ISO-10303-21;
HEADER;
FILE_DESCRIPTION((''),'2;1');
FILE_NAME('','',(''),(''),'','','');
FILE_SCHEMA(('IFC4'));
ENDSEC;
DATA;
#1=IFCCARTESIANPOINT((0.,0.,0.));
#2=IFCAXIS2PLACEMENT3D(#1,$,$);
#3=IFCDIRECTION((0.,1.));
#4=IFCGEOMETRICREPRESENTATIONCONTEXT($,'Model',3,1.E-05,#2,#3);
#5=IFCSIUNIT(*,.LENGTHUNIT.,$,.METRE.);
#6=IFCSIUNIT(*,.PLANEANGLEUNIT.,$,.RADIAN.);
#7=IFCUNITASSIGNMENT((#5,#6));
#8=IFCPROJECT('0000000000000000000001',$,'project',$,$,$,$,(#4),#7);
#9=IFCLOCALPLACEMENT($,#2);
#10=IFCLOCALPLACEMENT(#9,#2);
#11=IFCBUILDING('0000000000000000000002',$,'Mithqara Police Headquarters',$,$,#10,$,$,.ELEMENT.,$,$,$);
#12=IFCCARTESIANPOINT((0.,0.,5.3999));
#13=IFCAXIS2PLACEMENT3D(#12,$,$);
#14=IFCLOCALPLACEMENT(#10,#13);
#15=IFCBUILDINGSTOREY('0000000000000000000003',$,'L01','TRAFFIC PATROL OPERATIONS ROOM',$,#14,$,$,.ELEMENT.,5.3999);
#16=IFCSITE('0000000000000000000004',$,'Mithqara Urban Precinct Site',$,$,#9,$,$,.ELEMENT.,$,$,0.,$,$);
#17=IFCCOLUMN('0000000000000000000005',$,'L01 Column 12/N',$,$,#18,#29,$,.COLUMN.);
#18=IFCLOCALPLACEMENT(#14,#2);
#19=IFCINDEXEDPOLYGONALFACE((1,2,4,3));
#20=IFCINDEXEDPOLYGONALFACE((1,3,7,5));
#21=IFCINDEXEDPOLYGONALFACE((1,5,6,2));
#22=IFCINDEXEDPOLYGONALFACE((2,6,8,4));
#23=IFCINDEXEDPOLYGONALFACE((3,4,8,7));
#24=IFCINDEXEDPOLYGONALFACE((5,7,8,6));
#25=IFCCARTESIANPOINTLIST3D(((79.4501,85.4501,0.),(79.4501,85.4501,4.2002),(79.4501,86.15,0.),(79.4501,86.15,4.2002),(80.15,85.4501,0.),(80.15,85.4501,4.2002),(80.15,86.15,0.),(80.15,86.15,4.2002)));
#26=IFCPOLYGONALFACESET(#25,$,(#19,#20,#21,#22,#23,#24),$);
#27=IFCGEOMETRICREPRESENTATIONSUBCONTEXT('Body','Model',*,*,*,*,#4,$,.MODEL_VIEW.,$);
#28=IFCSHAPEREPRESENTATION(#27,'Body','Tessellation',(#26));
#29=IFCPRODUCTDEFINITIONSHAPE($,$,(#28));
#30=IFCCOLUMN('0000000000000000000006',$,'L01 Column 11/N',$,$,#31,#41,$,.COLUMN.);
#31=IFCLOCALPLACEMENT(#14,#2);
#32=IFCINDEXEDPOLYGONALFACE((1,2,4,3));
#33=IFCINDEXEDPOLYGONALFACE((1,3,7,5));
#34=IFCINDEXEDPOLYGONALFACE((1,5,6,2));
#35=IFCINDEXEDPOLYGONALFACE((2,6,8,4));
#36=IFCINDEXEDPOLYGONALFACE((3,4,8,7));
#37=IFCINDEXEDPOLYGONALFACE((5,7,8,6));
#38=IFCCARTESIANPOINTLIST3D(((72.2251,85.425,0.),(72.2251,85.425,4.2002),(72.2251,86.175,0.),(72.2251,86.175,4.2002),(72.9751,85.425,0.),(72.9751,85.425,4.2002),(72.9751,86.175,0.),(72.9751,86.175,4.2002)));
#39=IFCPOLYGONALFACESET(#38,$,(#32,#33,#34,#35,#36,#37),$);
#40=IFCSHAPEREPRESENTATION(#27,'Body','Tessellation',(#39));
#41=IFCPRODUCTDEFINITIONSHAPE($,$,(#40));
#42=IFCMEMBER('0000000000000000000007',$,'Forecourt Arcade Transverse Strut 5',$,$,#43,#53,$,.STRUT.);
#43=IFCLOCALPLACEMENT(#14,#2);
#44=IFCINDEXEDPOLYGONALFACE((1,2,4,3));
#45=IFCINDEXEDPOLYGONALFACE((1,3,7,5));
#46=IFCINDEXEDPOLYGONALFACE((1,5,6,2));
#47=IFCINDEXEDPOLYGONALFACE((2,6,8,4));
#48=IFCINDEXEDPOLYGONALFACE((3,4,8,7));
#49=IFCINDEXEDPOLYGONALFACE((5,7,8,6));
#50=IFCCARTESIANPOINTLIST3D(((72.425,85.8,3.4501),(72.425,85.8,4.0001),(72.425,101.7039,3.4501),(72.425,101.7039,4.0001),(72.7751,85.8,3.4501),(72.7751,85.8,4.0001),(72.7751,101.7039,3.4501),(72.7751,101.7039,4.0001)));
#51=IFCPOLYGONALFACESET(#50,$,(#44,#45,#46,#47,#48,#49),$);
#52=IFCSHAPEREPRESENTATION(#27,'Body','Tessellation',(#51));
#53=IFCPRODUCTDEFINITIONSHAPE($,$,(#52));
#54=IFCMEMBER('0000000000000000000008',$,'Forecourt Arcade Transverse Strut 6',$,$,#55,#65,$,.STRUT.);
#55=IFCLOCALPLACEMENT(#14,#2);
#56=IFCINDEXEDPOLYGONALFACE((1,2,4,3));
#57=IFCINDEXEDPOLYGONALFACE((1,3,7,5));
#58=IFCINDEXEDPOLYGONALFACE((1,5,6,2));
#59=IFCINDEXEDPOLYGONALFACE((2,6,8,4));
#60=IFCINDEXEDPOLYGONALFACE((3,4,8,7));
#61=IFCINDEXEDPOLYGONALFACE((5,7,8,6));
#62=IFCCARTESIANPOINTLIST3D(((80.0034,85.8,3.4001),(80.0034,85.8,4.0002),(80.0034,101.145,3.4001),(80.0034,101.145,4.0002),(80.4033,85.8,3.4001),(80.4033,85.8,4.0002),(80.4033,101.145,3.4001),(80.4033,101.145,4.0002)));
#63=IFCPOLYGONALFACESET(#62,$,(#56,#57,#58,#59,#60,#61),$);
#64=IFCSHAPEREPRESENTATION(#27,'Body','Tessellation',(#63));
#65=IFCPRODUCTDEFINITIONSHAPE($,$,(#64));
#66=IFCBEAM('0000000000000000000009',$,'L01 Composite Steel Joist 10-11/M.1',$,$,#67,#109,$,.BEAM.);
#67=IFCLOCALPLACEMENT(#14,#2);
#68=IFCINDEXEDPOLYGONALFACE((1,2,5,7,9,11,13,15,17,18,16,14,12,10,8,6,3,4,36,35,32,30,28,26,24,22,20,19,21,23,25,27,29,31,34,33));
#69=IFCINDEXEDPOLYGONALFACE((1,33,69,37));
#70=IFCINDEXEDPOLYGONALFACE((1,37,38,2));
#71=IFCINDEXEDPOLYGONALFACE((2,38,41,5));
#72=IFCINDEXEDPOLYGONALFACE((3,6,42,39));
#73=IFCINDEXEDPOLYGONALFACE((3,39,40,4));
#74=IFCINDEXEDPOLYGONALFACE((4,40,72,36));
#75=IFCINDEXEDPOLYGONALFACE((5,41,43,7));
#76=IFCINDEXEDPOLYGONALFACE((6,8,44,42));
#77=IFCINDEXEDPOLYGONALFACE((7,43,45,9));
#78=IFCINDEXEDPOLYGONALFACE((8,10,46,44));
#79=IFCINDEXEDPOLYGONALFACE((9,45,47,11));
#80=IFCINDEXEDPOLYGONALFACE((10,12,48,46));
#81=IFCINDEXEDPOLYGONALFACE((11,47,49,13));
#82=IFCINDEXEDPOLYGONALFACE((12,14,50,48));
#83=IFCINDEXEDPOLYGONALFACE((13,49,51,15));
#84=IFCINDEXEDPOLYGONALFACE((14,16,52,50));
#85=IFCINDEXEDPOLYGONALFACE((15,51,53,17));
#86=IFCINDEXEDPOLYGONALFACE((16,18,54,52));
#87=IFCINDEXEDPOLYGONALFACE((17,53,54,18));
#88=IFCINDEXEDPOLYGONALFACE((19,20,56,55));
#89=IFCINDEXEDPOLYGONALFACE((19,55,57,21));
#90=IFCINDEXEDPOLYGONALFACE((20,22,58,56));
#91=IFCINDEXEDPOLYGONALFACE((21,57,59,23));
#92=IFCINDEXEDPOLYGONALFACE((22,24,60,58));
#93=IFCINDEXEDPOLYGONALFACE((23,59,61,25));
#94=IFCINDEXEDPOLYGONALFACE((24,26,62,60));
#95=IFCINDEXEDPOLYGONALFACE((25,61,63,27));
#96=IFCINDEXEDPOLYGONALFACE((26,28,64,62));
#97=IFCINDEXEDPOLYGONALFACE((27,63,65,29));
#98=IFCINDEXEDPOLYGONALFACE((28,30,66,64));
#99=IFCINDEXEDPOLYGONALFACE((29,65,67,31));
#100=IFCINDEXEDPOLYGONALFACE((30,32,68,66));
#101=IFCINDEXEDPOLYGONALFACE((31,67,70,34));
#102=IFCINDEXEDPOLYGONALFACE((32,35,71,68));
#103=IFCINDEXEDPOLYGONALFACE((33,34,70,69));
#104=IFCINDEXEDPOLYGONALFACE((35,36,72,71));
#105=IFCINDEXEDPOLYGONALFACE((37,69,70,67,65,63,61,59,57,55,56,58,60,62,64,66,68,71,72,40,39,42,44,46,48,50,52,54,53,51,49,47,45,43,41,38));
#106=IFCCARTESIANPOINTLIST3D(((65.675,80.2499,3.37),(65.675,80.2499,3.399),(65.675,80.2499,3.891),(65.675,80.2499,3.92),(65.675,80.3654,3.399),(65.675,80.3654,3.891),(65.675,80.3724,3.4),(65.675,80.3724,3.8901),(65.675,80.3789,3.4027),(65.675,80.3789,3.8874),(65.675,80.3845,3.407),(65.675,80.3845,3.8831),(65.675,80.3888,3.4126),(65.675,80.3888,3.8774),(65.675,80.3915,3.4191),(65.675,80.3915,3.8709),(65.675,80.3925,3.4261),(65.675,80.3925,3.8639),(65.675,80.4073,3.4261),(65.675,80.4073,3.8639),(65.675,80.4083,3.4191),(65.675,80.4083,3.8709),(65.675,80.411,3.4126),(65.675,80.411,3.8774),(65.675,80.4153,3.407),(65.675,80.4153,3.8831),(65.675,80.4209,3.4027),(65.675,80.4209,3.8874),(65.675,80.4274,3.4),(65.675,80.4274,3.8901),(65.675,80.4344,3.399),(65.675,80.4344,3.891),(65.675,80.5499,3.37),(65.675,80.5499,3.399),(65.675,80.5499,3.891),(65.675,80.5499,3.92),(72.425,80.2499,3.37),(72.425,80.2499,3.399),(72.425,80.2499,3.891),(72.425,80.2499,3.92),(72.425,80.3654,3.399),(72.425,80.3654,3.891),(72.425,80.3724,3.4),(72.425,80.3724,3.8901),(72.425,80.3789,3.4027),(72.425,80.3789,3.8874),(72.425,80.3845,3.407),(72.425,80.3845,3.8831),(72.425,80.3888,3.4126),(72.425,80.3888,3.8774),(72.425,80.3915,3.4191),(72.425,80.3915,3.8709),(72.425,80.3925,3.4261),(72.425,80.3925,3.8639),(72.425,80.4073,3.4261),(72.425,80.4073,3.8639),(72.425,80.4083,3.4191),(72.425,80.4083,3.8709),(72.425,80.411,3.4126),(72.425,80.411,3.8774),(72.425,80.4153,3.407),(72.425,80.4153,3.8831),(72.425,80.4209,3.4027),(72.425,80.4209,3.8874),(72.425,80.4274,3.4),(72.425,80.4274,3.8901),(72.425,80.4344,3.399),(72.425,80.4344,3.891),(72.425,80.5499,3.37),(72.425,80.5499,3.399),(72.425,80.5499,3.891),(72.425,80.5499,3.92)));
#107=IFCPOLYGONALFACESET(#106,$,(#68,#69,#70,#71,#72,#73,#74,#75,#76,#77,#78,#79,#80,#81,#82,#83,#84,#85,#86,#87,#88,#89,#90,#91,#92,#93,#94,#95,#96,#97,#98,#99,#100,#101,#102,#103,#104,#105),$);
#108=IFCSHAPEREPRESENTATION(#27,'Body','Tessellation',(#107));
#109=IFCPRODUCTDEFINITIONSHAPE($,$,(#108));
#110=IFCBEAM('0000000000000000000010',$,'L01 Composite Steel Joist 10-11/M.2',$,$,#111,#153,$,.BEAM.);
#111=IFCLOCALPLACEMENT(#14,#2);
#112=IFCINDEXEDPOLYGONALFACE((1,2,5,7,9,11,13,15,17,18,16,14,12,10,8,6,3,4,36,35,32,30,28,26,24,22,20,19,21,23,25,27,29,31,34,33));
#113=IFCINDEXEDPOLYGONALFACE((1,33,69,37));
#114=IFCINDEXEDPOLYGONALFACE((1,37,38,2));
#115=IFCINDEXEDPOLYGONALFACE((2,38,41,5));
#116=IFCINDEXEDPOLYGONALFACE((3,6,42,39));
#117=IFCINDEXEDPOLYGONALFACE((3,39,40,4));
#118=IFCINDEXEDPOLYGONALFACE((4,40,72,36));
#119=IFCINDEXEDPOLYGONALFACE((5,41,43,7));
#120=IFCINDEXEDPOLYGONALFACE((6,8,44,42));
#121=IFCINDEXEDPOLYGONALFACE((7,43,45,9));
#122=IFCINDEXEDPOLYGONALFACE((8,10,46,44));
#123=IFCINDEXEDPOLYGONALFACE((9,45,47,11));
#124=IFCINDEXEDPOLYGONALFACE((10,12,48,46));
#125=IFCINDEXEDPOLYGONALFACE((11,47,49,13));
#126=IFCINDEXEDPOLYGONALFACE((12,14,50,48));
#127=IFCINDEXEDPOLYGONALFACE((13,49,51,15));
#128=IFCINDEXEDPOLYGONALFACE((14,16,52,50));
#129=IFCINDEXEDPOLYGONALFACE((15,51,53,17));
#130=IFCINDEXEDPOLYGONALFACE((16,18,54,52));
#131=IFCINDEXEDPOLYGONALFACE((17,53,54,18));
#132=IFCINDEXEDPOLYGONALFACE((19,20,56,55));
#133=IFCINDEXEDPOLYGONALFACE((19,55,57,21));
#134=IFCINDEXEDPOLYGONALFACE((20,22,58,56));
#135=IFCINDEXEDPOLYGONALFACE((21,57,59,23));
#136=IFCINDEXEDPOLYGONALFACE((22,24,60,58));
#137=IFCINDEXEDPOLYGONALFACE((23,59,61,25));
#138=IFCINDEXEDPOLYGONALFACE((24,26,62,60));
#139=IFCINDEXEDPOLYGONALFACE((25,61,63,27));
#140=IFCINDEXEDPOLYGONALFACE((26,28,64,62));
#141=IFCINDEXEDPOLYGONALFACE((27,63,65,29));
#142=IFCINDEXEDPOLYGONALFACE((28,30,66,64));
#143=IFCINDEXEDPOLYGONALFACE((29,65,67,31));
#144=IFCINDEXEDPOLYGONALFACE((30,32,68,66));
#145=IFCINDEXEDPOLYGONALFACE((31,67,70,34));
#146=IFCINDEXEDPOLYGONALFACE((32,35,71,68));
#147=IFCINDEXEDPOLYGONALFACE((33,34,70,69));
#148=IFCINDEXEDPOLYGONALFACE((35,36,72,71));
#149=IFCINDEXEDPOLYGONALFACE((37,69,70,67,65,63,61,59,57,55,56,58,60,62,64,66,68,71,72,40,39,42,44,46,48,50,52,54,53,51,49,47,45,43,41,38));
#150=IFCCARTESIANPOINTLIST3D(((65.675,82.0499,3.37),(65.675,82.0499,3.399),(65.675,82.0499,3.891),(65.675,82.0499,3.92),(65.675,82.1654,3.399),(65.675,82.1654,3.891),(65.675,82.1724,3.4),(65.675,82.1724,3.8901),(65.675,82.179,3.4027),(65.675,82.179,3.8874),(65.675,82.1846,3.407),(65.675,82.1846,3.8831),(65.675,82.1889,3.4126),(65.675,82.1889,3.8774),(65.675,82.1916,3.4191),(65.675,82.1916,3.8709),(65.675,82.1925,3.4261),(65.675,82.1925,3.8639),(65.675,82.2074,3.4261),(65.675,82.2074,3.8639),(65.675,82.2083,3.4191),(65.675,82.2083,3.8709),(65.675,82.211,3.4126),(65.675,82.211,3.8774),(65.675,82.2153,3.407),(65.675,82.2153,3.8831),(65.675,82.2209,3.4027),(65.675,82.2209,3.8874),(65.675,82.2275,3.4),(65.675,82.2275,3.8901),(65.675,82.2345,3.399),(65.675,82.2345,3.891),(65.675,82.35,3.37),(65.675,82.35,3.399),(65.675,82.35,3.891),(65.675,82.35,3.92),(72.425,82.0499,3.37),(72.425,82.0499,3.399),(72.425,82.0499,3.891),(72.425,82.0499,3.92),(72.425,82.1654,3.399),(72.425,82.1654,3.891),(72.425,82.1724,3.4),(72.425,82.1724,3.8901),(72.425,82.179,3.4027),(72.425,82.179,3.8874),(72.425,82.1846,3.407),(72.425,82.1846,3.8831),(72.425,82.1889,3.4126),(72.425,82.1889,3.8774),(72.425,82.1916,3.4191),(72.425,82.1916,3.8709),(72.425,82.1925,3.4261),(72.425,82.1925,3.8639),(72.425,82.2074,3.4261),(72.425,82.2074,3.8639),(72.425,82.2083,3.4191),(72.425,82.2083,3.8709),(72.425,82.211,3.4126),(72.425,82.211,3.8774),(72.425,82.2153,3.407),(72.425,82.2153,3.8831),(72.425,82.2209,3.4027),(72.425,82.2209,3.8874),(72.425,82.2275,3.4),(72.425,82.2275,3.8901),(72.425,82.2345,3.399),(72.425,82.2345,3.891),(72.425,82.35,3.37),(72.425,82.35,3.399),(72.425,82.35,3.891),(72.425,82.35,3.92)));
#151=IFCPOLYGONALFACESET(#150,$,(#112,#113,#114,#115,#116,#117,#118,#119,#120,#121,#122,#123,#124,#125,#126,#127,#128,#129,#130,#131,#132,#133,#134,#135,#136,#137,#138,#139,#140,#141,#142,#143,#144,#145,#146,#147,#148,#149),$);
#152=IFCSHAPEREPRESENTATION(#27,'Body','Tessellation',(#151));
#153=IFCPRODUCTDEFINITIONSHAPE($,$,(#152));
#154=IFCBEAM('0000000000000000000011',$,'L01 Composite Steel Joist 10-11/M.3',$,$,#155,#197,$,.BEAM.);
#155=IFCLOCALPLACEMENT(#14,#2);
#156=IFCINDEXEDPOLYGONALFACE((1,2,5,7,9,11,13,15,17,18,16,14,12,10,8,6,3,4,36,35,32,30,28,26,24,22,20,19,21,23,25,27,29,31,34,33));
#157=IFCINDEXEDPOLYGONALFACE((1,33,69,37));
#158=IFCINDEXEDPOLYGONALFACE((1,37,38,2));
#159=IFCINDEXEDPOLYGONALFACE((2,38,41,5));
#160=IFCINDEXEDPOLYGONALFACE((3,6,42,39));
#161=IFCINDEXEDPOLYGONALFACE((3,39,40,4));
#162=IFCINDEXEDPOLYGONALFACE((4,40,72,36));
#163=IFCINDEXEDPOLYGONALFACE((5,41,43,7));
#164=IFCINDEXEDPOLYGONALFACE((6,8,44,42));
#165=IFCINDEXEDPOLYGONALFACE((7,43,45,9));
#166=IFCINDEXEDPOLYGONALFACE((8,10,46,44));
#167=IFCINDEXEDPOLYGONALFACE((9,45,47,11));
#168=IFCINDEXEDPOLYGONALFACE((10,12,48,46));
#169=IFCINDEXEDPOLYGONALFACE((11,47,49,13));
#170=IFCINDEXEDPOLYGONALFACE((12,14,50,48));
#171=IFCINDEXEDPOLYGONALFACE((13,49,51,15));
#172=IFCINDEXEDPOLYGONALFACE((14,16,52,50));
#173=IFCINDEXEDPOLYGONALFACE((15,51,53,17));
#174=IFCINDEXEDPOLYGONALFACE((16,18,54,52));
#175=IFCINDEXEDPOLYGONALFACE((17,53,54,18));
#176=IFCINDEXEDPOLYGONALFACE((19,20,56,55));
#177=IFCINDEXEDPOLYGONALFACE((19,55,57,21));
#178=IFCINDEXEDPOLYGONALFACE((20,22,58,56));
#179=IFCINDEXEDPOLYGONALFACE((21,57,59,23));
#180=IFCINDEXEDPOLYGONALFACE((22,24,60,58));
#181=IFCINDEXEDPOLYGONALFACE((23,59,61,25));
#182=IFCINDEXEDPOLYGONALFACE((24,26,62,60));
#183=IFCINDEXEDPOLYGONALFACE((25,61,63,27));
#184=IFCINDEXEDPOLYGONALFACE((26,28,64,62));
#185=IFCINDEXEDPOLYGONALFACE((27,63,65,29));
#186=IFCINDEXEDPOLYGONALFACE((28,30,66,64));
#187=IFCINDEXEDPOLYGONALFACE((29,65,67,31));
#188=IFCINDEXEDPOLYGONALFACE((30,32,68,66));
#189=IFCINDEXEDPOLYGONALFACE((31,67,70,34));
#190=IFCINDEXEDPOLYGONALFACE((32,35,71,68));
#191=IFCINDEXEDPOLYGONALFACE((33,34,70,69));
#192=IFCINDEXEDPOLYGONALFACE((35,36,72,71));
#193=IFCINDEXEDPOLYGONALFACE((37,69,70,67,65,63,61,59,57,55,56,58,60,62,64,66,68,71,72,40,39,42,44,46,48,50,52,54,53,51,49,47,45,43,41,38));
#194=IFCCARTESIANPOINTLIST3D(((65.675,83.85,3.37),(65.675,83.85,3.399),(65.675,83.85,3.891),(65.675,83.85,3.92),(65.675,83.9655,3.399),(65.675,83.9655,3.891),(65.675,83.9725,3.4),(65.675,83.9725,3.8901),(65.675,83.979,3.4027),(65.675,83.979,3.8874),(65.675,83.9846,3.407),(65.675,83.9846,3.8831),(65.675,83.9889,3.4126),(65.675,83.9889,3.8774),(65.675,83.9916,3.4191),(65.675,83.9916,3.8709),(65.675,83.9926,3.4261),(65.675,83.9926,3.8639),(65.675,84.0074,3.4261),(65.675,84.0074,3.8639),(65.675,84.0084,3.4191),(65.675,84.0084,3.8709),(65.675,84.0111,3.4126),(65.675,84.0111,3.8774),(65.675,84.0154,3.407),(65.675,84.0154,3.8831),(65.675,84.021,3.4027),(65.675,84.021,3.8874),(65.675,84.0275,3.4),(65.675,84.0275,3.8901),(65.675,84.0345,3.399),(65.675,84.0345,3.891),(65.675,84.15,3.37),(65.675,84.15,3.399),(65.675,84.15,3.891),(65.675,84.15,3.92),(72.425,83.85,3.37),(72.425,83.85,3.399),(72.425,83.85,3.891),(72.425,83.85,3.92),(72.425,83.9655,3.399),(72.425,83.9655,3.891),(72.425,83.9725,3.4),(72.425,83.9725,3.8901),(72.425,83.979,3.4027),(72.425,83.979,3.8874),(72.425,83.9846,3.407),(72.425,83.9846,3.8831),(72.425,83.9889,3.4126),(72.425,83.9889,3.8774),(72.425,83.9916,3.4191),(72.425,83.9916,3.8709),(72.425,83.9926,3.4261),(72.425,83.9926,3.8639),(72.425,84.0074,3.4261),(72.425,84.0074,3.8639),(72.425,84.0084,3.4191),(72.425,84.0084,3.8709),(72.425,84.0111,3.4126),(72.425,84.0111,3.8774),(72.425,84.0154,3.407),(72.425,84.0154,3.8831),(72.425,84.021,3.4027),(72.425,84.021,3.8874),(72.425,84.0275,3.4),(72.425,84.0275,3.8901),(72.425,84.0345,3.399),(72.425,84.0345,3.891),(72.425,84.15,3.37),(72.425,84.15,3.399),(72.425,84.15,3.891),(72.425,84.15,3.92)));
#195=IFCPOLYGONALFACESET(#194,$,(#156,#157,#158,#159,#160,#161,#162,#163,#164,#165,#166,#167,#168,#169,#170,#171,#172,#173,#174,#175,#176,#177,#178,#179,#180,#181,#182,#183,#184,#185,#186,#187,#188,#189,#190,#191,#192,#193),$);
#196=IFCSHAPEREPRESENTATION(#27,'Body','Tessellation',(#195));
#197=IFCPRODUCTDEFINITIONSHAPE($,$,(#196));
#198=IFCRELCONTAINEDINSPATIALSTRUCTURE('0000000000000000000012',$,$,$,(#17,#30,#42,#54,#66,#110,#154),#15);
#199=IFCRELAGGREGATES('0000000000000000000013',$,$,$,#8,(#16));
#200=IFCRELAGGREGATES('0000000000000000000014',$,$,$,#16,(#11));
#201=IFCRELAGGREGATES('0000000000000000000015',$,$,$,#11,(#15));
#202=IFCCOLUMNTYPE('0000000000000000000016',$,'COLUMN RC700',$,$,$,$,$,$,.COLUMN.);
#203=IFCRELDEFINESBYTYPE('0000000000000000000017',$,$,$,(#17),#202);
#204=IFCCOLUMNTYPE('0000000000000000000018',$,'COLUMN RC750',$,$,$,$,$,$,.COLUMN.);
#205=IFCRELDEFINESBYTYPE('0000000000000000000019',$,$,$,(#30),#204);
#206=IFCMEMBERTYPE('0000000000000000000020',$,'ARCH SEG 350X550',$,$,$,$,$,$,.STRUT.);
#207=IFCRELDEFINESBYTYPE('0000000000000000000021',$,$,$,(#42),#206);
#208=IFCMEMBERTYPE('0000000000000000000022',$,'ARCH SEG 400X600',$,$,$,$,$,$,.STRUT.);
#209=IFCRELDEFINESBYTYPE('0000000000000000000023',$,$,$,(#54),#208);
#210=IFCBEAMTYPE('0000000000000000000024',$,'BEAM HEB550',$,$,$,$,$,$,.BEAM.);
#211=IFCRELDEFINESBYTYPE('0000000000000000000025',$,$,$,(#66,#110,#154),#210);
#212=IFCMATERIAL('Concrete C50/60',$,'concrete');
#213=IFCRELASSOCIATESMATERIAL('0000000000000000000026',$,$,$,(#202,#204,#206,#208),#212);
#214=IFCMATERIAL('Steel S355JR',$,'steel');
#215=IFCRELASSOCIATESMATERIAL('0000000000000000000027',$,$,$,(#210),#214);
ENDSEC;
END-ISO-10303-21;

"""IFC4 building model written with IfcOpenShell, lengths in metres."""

from ifc_helpers import new_model, si_unit, direction, frame, origin, origin_2d, place, context, subcontext, project, spatial, rectangle, i_section, extrude, material, material_profile, profile_set, type_object, element, save


model = new_model("IFC4")

# Units and contexts
model_context = context("Model", 3, precision=1e-05, world=origin(), true_north=direction((0.0, 1.0)))
body_context = subcontext(model_context, "Body", "Model", "MODEL_VIEW")
ifc_project = project(units=[si_unit("LENGTHUNIT", "METRE"), si_unit("PLANEANGLEUNIT", "RADIAN")], contexts=[model_context])

# Site, building, storey
site_placement = place(None, origin())
site = spatial("IfcSite", under=ifc_project, at=site_placement, Name="Mithqara Urban Precinct Site", CompositionType="ELEMENT", RefElevation=0.0)
building_placement = place(site_placement, origin())
building = spatial("IfcBuilding", under=site, at=building_placement, Name="Mithqara Police Headquarters", CompositionType="ELEMENT")
storey_placement = place(building_placement, frame((0.0, 0.0, 5.3999)))
storey = spatial("IfcBuildingStorey", under=building, at=storey_placement, Name="L01", Description="TRAFFIC PATROL OPERATIONS ROOM", CompositionType="ELEMENT", Elevation=5.3999)

# Columns
ifc_material_1 = material(Name="Concrete C50/60", Category="concrete")
ifc_material_profile_1 = material_profile(ifc_material_1, rectangle(XDim=0.7, YDim=0.7, at=origin_2d()), Name="RC 700x700")
ifc_profile_set_1 = profile_set([ifc_material_profile_1], Name="Concrete C50/60")
column_type_1 = type_object("IfcColumnType", Name="COLUMN RC700", PredefinedType="COLUMN", material=ifc_profile_set_1)
column_1_placement = place(storey_placement, frame((79.8, 85.8, 0.0), z_axis=(0.0, 0.0, 1.0), x_axis=(1.0, 0.0, 0.0)))
element("IfcColumn", 1, at=column_1_placement, inside=storey, type_object=column_type_1, Name="L01 Column 12/N", PredefinedType="COLUMN", context=body_context, shape_type="SweptSolid", body=[
    extrude(rectangle(XDim=0.7, YDim=0.7, at=origin_2d()), origin(), (0.0, 0.0, 1.0), 4.2002),
])
ifc_material_profile_2 = material_profile(ifc_material_1, rectangle(XDim=0.75, YDim=0.75, at=origin_2d()), Name="RC 750x750")
ifc_profile_set_2 = profile_set([ifc_material_profile_2], Name="Concrete C50/60")
column_type_2 = type_object("IfcColumnType", Name="COLUMN RC750", PredefinedType="COLUMN", material=ifc_profile_set_2)
column_2_placement = place(storey_placement, frame((72.6001, 85.8, 0.0), z_axis=(0.0, 0.0, 1.0), x_axis=(1.0, 0.0, 0.0)))
element("IfcColumn", 2, at=column_2_placement, inside=storey, type_object=column_type_2, Name="L01 Column 11/N", PredefinedType="COLUMN", context=body_context, shape_type="SweptSolid", body=[
    extrude(rectangle(XDim=0.75, YDim=0.75, at=origin_2d()), origin(), (0.0, 0.0, 1.0), 4.2002),
])

# Members
ifc_material_profile_3 = material_profile(ifc_material_1, rectangle(XDim=0.3501, YDim=0.55, at=origin_2d()), Name="ARC 350x550")
ifc_profile_set_3 = profile_set([ifc_material_profile_3], Name="Concrete C50/60")
member_type_1 = type_object("IfcMemberType", Name="ARCH SEG 350X550", PredefinedType="STRUT", material=ifc_profile_set_3)
member_1_placement = place(storey_placement, frame((72.6001, 85.8, 3.7251), z_axis=(0.0, 1.0, 0.0), x_axis=(-1.0, 0.0, 0.0)))
element("IfcMember", 3, at=member_1_placement, inside=storey, type_object=member_type_1, Name="Forecourt Arcade Transverse Strut 5", PredefinedType="STRUT", context=body_context, shape_type="SweptSolid", body=[
    extrude(rectangle(XDim=0.3501, YDim=0.55, at=origin_2d()), origin(), (0.0, 0.0, 1.0), 15.9038),
])
ifc_material_profile_4 = material_profile(ifc_material_1, rectangle(XDim=0.3999, YDim=0.6001, at=origin_2d()), Name="ARC 400x600")
ifc_profile_set_4 = profile_set([ifc_material_profile_4], Name="Concrete C50/60")
member_type_2 = type_object("IfcMemberType", Name="ARCH SEG 400X600", PredefinedType="STRUT", material=ifc_profile_set_4)
member_2_placement = place(storey_placement, frame((80.2034, 85.8, 3.7002), z_axis=(0.0, 1.0, 0.0), x_axis=(-1.0, 0.0, 0.0)))
element("IfcMember", 4, at=member_2_placement, inside=storey, type_object=member_type_2, Name="Forecourt Arcade Transverse Strut 6", PredefinedType="STRUT", context=body_context, shape_type="SweptSolid", body=[
    extrude(rectangle(XDim=0.3999, YDim=0.6001, at=origin_2d()), origin(), (0.0, 0.0, 1.0), 15.345),
])

# Beams
ifc_material_2 = material(Name="Steel S355JR", Category="steel")
ifc_material_profile_5 = material_profile(ifc_material_2, i_section(OverallWidth=0.3, OverallDepth=0.55, WebThickness=0.0149, FlangeThickness=0.0291, FilletRadius=0.0271, at=origin_2d()), Name="HEB 550")
ifc_profile_set_5 = profile_set([ifc_material_profile_5], Name="Steel S355JR")
beam_type_1 = type_object("IfcBeamType", Name="BEAM HEB550", PredefinedType="BEAM", material=ifc_profile_set_5)
for number, where, z_axis, x_axis, name in (
    (5, (65.675, 80.3999, 3.645), (1.0, 0.0, 0.0), (0.0, 1.0, 0.0), "L01 Composite Steel Joist 10-11/M.1"),
    (6, (65.675, 82.2, 3.645), (1.0, 0.0, 0.0), (0.0, 1.0, 0.0), "L01 Composite Steel Joist 10-11/M.2"),
    (7, (65.675, 84.0, 3.645), (1.0, 0.0, 0.0), (0.0, 1.0, 0.0), "L01 Composite Steel Joist 10-11/M.3"),
):
    element("IfcBeam", number, at=place(storey_placement, frame(where, z_axis=z_axis, x_axis=x_axis)), inside=storey, type_object=beam_type_1, Name=name, PredefinedType="BEAM", context=body_context, shape_type="SweptSolid", body=[
        extrude(i_section(OverallWidth=0.3, OverallDepth=0.55, WebThickness=0.0149, FlangeThickness=0.0291, FilletRadius=0.0271, at=origin_2d()), origin(), (0.0, 0.0, 1.0), 6.75),
    ])

save(model, "model.ifc")
